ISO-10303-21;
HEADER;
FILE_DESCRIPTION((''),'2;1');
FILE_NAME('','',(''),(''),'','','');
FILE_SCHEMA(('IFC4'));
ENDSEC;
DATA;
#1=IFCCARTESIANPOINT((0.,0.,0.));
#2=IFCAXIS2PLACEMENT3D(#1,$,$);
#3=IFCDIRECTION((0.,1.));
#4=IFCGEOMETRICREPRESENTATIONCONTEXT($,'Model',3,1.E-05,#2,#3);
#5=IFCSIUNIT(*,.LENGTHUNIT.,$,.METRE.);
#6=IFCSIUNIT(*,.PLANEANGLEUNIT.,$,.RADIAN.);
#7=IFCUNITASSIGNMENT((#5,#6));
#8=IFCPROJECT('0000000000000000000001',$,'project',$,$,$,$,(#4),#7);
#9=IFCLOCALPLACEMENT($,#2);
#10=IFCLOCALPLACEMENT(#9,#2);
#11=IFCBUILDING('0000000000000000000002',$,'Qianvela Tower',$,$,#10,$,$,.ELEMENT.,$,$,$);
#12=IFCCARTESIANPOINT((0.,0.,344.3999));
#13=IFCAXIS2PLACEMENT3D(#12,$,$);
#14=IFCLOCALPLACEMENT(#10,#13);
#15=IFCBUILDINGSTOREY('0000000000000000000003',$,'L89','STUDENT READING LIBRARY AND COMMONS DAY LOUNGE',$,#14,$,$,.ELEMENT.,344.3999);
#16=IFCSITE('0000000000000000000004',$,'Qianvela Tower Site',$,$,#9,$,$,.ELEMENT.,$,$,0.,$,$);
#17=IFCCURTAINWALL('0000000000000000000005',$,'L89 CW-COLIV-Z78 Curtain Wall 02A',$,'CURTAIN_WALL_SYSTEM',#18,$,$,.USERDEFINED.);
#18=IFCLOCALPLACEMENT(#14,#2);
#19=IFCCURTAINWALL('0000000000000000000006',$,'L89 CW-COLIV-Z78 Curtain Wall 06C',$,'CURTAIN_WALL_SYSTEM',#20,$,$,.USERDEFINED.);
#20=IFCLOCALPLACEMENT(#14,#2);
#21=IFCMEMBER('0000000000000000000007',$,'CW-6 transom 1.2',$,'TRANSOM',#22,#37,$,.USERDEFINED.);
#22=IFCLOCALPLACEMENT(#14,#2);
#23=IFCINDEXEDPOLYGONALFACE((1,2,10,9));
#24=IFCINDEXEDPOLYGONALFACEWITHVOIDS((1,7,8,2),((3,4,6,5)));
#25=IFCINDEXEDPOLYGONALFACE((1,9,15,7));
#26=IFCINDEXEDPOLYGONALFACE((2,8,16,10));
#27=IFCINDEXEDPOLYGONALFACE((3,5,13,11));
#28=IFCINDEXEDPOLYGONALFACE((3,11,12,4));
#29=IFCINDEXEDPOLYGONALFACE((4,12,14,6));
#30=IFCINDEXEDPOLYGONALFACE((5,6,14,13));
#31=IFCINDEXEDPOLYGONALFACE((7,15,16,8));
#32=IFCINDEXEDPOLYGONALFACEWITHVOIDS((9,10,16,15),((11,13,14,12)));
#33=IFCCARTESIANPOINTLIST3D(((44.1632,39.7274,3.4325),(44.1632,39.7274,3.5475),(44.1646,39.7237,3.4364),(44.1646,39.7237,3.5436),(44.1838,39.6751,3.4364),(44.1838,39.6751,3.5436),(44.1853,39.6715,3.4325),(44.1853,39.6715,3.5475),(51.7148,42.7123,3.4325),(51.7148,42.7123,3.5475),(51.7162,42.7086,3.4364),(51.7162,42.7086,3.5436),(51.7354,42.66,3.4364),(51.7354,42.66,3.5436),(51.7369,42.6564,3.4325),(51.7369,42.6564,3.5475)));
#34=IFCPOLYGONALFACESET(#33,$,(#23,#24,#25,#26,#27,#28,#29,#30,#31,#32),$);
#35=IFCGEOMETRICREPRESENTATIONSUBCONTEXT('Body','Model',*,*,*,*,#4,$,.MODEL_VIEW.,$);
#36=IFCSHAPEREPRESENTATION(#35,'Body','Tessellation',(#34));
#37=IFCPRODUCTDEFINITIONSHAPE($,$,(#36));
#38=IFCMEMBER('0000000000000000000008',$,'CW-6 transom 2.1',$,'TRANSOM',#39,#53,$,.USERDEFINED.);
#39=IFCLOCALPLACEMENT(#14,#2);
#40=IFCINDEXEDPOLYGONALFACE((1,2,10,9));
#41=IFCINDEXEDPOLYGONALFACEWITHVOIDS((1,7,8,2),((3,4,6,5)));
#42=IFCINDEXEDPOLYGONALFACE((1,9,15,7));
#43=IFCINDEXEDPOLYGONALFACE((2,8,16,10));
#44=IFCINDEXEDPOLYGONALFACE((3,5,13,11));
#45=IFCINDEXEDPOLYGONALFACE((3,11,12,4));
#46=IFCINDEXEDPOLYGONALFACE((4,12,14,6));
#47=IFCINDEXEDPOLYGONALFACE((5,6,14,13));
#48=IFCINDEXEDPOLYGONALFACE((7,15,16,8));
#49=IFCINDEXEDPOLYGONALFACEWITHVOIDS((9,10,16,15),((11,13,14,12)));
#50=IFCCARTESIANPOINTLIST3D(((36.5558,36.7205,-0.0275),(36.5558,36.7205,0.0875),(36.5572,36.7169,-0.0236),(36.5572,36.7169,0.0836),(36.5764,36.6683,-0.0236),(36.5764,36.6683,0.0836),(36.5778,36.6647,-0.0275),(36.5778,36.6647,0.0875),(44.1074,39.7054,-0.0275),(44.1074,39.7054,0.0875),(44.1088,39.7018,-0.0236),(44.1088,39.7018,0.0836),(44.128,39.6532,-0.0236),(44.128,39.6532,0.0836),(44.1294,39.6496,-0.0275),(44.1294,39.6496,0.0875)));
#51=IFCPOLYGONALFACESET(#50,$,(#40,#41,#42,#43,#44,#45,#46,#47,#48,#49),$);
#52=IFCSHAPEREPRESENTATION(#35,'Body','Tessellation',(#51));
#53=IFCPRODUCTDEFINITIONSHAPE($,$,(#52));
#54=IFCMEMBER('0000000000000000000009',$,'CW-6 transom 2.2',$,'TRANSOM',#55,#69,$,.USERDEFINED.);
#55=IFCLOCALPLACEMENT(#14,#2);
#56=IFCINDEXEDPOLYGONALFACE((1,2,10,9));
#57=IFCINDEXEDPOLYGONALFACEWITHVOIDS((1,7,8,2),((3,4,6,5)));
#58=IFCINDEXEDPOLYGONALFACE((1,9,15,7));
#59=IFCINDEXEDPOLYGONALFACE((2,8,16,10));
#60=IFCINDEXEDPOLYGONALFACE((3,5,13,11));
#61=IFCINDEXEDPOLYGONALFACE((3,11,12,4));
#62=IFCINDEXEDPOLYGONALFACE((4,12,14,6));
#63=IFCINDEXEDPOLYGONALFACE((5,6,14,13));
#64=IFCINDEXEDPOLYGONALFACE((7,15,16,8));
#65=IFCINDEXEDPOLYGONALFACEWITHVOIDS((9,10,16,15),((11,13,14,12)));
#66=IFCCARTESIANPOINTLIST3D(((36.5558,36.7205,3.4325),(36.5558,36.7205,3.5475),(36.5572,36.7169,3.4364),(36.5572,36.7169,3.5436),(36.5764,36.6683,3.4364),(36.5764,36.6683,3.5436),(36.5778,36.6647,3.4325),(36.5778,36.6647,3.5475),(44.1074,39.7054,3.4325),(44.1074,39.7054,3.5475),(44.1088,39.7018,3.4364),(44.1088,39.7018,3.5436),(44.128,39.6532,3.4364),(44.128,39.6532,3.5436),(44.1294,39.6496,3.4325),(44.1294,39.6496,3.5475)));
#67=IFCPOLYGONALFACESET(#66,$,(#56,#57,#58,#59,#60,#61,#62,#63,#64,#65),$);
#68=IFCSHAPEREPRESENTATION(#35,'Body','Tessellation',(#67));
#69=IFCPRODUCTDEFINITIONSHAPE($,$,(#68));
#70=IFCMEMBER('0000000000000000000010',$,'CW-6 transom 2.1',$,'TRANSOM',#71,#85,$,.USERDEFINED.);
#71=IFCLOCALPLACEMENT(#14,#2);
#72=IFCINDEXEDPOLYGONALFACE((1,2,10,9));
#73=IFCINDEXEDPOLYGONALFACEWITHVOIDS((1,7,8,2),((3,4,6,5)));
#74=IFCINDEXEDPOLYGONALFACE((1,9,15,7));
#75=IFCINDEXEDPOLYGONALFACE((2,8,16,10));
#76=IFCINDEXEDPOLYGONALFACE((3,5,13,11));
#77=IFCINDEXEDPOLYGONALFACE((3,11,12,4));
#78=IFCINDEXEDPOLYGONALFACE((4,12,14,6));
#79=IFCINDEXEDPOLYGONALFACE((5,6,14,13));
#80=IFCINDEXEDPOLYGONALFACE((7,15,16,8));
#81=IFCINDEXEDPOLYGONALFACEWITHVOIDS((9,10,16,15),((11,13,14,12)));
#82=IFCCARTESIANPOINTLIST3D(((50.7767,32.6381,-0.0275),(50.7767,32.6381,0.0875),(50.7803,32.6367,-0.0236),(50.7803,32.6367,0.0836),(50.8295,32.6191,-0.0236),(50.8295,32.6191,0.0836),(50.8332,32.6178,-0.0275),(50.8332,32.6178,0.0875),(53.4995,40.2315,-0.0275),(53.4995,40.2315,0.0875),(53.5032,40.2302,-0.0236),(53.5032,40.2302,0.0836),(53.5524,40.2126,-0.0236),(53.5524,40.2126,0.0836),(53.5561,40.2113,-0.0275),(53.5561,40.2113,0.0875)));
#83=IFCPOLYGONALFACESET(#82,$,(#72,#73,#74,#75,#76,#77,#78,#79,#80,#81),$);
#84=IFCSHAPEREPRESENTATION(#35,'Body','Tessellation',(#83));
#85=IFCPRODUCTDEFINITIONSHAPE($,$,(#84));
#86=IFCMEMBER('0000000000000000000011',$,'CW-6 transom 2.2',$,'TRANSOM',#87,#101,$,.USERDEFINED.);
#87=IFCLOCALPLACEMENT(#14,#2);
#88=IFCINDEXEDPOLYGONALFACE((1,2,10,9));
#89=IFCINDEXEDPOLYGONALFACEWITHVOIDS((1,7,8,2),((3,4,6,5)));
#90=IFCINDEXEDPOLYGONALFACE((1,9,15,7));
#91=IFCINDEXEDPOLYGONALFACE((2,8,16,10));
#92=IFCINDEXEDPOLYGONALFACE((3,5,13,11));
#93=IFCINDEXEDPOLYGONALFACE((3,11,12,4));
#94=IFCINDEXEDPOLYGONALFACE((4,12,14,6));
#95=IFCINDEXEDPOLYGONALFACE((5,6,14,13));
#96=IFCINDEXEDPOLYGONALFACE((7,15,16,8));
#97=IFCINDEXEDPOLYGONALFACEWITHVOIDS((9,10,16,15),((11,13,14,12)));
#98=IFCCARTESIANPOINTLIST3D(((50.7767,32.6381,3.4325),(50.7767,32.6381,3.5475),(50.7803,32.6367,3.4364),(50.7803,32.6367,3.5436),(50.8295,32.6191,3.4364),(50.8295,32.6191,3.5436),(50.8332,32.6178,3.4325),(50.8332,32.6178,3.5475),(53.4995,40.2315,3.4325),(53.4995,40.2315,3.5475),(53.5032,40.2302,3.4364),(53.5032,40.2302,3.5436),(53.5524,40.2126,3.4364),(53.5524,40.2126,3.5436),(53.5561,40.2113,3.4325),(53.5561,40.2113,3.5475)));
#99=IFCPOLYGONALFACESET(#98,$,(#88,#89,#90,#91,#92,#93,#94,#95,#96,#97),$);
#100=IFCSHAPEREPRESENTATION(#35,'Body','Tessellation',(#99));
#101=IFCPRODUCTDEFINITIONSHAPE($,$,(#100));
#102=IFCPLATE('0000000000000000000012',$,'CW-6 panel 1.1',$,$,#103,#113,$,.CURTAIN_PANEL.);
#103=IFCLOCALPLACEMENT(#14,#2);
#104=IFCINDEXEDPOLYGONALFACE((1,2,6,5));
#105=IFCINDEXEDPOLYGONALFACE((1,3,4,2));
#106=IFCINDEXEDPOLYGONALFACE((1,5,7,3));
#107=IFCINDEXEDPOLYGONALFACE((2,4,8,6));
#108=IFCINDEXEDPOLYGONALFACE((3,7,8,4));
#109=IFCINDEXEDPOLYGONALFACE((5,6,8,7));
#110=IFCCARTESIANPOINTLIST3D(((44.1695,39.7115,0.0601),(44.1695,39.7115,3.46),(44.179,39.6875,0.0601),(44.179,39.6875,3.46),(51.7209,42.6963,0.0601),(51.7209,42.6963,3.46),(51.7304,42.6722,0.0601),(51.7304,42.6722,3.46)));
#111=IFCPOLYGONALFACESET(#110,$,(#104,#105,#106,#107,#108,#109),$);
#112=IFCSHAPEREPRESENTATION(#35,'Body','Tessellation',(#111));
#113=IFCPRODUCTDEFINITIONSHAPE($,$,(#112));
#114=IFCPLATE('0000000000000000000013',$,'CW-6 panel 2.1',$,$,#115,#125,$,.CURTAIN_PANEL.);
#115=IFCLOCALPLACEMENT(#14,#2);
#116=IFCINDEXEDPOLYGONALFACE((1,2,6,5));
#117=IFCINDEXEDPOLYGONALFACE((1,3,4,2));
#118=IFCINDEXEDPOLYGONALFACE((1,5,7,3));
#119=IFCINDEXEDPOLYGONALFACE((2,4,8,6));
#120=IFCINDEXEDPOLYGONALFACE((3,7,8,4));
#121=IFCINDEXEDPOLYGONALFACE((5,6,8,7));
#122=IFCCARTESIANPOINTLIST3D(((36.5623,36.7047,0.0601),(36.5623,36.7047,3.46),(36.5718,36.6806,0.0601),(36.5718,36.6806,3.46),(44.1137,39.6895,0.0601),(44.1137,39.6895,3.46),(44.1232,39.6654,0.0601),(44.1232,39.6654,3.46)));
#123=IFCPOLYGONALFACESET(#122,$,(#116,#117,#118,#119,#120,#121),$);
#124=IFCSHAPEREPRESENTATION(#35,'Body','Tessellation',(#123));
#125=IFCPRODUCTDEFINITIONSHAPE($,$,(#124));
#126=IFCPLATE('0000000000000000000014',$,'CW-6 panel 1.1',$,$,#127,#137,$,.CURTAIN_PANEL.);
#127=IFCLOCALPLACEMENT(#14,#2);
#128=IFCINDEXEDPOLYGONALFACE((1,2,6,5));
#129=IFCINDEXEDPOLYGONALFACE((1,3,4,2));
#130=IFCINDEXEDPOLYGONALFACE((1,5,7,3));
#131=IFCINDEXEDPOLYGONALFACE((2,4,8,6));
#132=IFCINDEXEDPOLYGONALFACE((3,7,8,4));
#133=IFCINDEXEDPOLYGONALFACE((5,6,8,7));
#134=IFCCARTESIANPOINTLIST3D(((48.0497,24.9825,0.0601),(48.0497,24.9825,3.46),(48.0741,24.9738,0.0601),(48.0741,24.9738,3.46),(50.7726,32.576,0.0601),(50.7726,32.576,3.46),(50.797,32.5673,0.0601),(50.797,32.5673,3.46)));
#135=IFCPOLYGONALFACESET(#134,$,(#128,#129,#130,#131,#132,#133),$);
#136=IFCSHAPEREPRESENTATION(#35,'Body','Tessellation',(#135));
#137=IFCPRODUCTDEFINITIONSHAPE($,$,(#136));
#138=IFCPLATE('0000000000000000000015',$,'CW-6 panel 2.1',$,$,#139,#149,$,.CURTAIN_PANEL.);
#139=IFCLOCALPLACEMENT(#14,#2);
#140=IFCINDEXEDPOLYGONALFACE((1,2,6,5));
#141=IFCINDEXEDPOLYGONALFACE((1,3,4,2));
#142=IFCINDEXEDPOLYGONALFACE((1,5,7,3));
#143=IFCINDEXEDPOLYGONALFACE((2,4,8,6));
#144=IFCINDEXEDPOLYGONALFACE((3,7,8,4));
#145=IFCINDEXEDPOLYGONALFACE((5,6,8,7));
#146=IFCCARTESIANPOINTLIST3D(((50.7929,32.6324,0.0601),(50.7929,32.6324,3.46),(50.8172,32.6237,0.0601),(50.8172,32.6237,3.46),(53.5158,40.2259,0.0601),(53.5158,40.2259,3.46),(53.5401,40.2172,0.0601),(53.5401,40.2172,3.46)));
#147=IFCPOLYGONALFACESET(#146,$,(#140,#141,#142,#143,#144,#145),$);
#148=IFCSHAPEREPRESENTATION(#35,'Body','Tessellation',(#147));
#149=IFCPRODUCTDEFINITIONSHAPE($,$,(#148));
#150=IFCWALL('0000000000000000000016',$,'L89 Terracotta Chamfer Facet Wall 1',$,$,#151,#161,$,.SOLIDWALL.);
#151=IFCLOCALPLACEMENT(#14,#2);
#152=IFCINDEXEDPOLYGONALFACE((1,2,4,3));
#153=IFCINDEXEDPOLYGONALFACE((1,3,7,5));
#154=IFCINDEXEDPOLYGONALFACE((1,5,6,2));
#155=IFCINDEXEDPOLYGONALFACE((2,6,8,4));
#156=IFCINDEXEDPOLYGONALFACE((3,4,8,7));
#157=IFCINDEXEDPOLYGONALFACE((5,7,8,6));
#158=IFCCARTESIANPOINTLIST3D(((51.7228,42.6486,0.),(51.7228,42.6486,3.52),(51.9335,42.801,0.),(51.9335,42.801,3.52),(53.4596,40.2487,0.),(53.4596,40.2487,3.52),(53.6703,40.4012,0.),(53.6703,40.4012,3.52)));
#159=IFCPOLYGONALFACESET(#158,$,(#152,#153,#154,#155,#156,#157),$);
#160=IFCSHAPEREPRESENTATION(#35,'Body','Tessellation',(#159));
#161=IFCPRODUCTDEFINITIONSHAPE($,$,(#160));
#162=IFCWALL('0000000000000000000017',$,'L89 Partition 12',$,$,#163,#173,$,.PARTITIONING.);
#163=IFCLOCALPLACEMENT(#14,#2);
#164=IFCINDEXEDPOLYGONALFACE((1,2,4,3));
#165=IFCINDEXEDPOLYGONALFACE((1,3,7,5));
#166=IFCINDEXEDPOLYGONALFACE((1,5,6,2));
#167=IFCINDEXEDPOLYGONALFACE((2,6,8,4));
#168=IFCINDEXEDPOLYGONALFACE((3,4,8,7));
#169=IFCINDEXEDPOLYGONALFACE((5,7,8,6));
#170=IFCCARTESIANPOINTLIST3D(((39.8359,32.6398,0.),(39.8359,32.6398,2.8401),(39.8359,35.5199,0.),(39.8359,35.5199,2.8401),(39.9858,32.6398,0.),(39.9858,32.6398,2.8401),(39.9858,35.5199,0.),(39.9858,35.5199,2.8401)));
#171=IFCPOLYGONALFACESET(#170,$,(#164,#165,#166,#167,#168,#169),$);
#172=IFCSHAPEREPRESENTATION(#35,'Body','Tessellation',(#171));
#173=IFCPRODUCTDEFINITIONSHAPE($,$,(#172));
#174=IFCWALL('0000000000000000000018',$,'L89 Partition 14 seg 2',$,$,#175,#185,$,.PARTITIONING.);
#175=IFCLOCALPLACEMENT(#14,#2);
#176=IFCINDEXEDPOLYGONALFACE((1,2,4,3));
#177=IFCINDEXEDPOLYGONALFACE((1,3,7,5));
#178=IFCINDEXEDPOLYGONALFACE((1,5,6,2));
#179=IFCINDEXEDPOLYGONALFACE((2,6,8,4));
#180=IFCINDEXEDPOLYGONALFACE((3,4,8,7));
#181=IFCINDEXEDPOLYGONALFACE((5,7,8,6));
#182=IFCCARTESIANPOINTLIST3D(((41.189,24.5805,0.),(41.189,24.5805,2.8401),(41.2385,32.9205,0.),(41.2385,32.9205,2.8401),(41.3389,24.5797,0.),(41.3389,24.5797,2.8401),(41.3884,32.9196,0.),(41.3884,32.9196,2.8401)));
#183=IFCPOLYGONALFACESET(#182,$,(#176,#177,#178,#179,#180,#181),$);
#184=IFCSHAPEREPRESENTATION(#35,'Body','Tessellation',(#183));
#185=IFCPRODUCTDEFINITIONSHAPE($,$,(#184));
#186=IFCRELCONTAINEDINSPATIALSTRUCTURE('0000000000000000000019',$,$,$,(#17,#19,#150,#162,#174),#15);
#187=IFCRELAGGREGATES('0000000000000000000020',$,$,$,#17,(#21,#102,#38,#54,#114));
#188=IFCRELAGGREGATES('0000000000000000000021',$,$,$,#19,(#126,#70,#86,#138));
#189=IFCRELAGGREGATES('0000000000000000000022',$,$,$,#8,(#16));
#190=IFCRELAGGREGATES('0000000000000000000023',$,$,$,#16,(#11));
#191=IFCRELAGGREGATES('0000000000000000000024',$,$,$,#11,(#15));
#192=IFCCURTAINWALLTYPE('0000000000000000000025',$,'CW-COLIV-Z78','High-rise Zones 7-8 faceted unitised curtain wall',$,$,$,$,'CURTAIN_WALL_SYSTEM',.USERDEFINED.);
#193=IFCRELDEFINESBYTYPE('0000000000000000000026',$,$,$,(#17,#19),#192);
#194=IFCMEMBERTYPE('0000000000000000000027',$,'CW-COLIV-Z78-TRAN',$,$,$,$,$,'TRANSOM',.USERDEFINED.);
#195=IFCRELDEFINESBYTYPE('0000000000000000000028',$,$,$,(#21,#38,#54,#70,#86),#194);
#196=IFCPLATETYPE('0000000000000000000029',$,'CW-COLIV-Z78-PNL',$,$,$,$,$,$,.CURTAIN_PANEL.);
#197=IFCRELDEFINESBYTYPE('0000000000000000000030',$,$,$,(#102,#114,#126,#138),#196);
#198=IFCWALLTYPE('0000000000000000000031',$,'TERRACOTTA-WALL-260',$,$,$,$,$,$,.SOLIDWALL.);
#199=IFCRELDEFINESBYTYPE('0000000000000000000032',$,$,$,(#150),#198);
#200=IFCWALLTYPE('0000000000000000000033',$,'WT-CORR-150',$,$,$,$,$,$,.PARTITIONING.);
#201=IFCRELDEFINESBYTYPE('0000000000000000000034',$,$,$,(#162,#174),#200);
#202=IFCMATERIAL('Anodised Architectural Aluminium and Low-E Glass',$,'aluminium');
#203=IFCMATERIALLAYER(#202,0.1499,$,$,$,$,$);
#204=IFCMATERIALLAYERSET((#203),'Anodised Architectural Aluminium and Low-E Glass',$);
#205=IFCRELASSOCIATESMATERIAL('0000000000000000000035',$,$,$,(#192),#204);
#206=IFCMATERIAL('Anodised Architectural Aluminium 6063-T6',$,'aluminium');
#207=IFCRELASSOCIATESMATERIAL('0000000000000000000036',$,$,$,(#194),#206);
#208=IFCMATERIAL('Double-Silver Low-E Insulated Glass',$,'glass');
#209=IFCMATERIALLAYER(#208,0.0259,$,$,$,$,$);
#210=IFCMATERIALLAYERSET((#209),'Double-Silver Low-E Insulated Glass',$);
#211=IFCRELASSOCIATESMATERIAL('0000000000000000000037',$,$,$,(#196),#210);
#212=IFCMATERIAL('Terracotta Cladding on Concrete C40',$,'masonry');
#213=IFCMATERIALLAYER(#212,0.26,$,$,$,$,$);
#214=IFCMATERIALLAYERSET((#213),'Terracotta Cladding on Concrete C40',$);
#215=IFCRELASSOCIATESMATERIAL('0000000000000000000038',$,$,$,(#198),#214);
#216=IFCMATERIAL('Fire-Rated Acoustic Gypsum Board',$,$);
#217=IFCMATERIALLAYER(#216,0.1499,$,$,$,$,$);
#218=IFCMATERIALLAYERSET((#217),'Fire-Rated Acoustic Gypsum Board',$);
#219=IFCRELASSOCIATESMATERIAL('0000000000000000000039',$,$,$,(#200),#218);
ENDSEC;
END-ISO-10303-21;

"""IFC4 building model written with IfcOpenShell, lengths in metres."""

from ifc_helpers import new_model, si_unit, direction, frame, frame_2d, origin, origin_2d, place, context, subcontext, project, spatial, rectangle, hollow_rectangle, extrude, material, layer, layer_set, material_profile, profile_set, type_object, element, aggregate, save


model = new_model("IFC4")

# Units and contexts
model_context = context("Model", 3, precision=1e-05, world=origin(), true_north=direction((0.0, 1.0)))
body_context = subcontext(model_context, "Body", "Model", "MODEL_VIEW")
ifc_project = project(units=[si_unit("LENGTHUNIT", "METRE"), si_unit("PLANEANGLEUNIT", "RADIAN")], contexts=[model_context])

# Site, building, storey
site_placement = place(None, origin())
site = spatial("IfcSite", under=ifc_project, at=site_placement, Name="Qianvela Tower Site", CompositionType="ELEMENT", RefElevation=0.0)
building_placement = place(site_placement, origin())
building = spatial("IfcBuilding", under=site, at=building_placement, Name="Qianvela Tower", CompositionType="ELEMENT")
storey_placement = place(building_placement, frame((0.0, 0.0, 344.3999)))
storey = spatial("IfcBuildingStorey", under=building, at=storey_placement, Name="L89", Description="STUDENT READING LIBRARY AND COMMONS DAY LOUNGE", CompositionType="ELEMENT", Elevation=344.3999)

# Curtain walls
ifc_material_1 = material(Name="Anodised Architectural Aluminium and Low-E Glass", Category="aluminium")
ifc_layer_1 = layer(ifc_material_1, 0.1499)
ifc_layer_set_1 = layer_set([ifc_layer_1], Name="Anodised Architectural Aluminium and Low-E Glass")
curtain_wall_type = type_object("IfcCurtainWallType", Name="CW-COLIV-Z78", Description="High-rise Zones 7-8 faceted unitised curtain wall", ElementType="CURTAIN_WALL_SYSTEM", PredefinedType="USERDEFINED", material=ifc_layer_set_1)
curtain_wall_1_placement = place(storey_placement, origin())
curtain_wall_1 = element("IfcCurtainWall", 1, at=curtain_wall_1_placement, inside=storey, type_object=curtain_wall_type, Name="L89 CW-COLIV-Z78 Curtain Wall 02A", ObjectType="CURTAIN_WALL_SYSTEM", PredefinedType="USERDEFINED")
curtain_wall_2_placement = place(storey_placement, origin())
curtain_wall_2 = element("IfcCurtainWall", 2, at=curtain_wall_2_placement, inside=storey, type_object=curtain_wall_type, Name="L89 CW-COLIV-Z78 Curtain Wall 06C", ObjectType="CURTAIN_WALL_SYSTEM", PredefinedType="USERDEFINED")

# Members
ifc_material_2 = material(Name="Anodised Architectural Aluminium 6063-T6", Category="aluminium")
ifc_material_profile_1 = material_profile(ifc_material_2, hollow_rectangle(XDim=0.0601, YDim=0.115, WallThickness=0.0039, at=origin_2d()), Name="ALU-TRAN-60x115")
ifc_profile_set_1 = profile_set([ifc_material_profile_1], Name="Anodised Architectural Aluminium 6063-T6")
member_type_1 = type_object("IfcMemberType", Name="CW-COLIV-Z78-TRAN", ElementType="TRANSOM", PredefinedType="USERDEFINED", material=ifc_profile_set_1)
member_1_placement = place(storey_placement, frame((51.7258, 42.6843, 3.49), z_axis=(-0.929987, -0.367593, 0.0), x_axis=(0.367593, -0.929987, 0.0)))
member_1 = element("IfcMember", 3, at=member_1_placement, type_object=member_type_1, Name="CW-6 transom 1.2", ObjectType="TRANSOM", PredefinedType="USERDEFINED", context=body_context, shape_type="SweptSolid", body=[
    extrude(hollow_rectangle(XDim=0.0601, YDim=0.115, WallThickness=0.0039, at=origin_2d()), origin(), (0.0, 0.0, 1.0), 8.1201),
])
member_2_placement = place(storey_placement, frame((44.1184, 39.6775, 0.03), z_axis=(-0.929987, -0.367593, 0.0), x_axis=(0.367593, -0.929987, 0.0)))
member_2 = element("IfcMember", 4, at=member_2_placement, type_object=member_type_1, Name="CW-6 transom 2.1", ObjectType="TRANSOM", PredefinedType="USERDEFINED", context=body_context, shape_type="SweptSolid", body=[
    extrude(hollow_rectangle(XDim=0.0601, YDim=0.115, WallThickness=0.0039, at=origin_2d()), origin(), (0.0, 0.0, 1.0), 8.1201),
])
member_3_placement = place(storey_placement, frame((44.1184, 39.6775, 3.49), z_axis=(-0.929987, -0.367593, 0.0), x_axis=(0.367593, -0.929987, 0.0)))
member_3 = element("IfcMember", 5, at=member_3_placement, type_object=member_type_1, Name="CW-6 transom 2.2", ObjectType="TRANSOM", PredefinedType="USERDEFINED", context=body_context, shape_type="SweptSolid", body=[
    extrude(hollow_rectangle(XDim=0.0601, YDim=0.115, WallThickness=0.0039, at=origin_2d()), origin(), (0.0, 0.0, 1.0), 8.1201),
])
member_4_placement = place(storey_placement, frame((50.8049, 32.6279, 0.03), z_axis=(0.337538, 0.941312, 0.0), x_axis=(-0.941312, 0.337538, 0.0)))
member_4 = element("IfcMember", 6, at=member_4_placement, type_object=member_type_1, Name="CW-6 transom 2.1", ObjectType="TRANSOM", PredefinedType="USERDEFINED", context=body_context, shape_type="SweptSolid", body=[
    extrude(hollow_rectangle(XDim=0.0601, YDim=0.115, WallThickness=0.0039, at=origin_2d()), origin(), (0.0, 0.0, 1.0), 8.0669),
])
member_5_placement = place(storey_placement, frame((50.8049, 32.6279, 3.49), z_axis=(0.337538, 0.941312, 0.0), x_axis=(-0.941312, 0.337538, 0.0)))
member_5 = element("IfcMember", 7, at=member_5_placement, type_object=member_type_1, Name="CW-6 transom 2.2", ObjectType="TRANSOM", PredefinedType="USERDEFINED", context=body_context, shape_type="SweptSolid", body=[
    extrude(hollow_rectangle(XDim=0.0601, YDim=0.115, WallThickness=0.0039, at=origin_2d()), origin(), (0.0, 0.0, 1.0), 8.0669),
])

# Plates
ifc_material_3 = material(Name="Double-Silver Low-E Insulated Glass", Category="glass")
ifc_layer_2 = layer(ifc_material_3, 0.0259)
ifc_layer_set_2 = layer_set([ifc_layer_2], Name="Double-Silver Low-E Insulated Glass")
plate_type = type_object("IfcPlateType", Name="CW-COLIV-Z78-PNL", PredefinedType="CURTAIN_PANEL", material=ifc_layer_set_2)
plate_1_placement = place(storey_placement, frame((47.95, 41.1919, 0.0601), z_axis=(0.0, 0.0, 1.0), x_axis=(-0.929989, -0.367589, 0.0)))
plate_1 = element("IfcPlate", 8, at=plate_1_placement, type_object=plate_type, Name="CW-6 panel 1.1", PredefinedType="CURTAIN_PANEL", context=body_context, shape_type="SweptSolid", body=[
    extrude(rectangle(XDim=8.1199, YDim=0.0259, at=origin_2d()), origin(), (0.0, 0.0, 1.0), 3.3999),
])
plate_2_placement = place(storey_placement, frame((40.3428, 38.1851, 0.0601), z_axis=(0.0, 0.0, 1.0), x_axis=(-0.929989, -0.367589, 0.0)))
plate_2 = element("IfcPlate", 9, at=plate_2_placement, type_object=plate_type, Name="CW-6 panel 2.1", PredefinedType="CURTAIN_PANEL", context=body_context, shape_type="SweptSolid", body=[
    extrude(rectangle(XDim=8.1199, YDim=0.0259, at=origin_2d()), origin(), (0.0, 0.0, 1.0), 3.3999),
])
aggregate(curtain_wall_1, [member_1, plate_1, member_2, member_3, plate_2])
plate_3_placement = place(storey_placement, frame((49.4233, 28.7749, 0.0601), z_axis=(0.0, 0.0, 1.0), x_axis=(0.337538, 0.941312, 0.0)))
plate_3 = element("IfcPlate", 10, at=plate_3_placement, type_object=plate_type, Name="CW-6 panel 1.1", PredefinedType="CURTAIN_PANEL", context=body_context, shape_type="SweptSolid", body=[
    extrude(rectangle(XDim=8.0669, YDim=0.0259, at=origin_2d()), origin(), (0.0, 0.0, 1.0), 3.3999),
])
plate_4_placement = place(storey_placement, frame((52.1665, 36.4248, 0.0601), z_axis=(0.0, 0.0, 1.0), x_axis=(0.337538, 0.941312, 0.0)))
plate_4 = element("IfcPlate", 11, at=plate_4_placement, type_object=plate_type, Name="CW-6 panel 2.1", PredefinedType="CURTAIN_PANEL", context=body_context, shape_type="SweptSolid", body=[
    extrude(rectangle(XDim=8.0669, YDim=0.0259, at=origin_2d()), origin(), (0.0, 0.0, 1.0), 3.3999),
])
aggregate(curtain_wall_2, [plate_3, member_4, member_5, plate_4])

# Walls
ifc_material_4 = material(Name="Terracotta Cladding on Concrete C40", Category="masonry")
ifc_layer_3 = layer(ifc_material_4, 0.26)
ifc_layer_set_3 = layer_set([ifc_layer_3], Name="Terracotta Cladding on Concrete C40")
wall_type_1 = type_object("IfcWallType", Name="TERRACOTTA-WALL-260", PredefinedType="SOLIDWALL", material=ifc_layer_set_3)
wall_1_placement = place(storey_placement, frame((53.5649, 40.325, 0.0), z_axis=(0.0, 0.0, 1.0), x_axis=(-0.586279, 0.810109, 0.0)))
element("IfcWall", 12, at=wall_1_placement, inside=storey, type_object=wall_type_1, Name="L89 Terracotta Chamfer Facet Wall 1", PredefinedType="SOLIDWALL", context=body_context, shape_type="SweptSolid", body=[
    extrude(rectangle(XDim=2.9624, YDim=0.26, at=frame_2d((1.4812, 0.0))), origin(), (0.0, 0.0, 1.0), 3.52),
])
ifc_material_5 = material(Name="Fire-Rated Acoustic Gypsum Board")
ifc_layer_4 = layer(ifc_material_5, 0.1499)
ifc_layer_set_4 = layer_set([ifc_layer_4], Name="Fire-Rated Acoustic Gypsum Board")
wall_type_2 = type_object("IfcWallType", Name="WT-CORR-150", PredefinedType="PARTITIONING", material=ifc_layer_set_4)
wall_2_placement = place(storey_placement, frame((39.9109, 32.6399, 0.0), z_axis=(0.0, 0.0, 1.0), x_axis=(0.0, 1.0, 0.0)))
element("IfcWall", 13, at=wall_2_placement, inside=storey, type_object=wall_type_2, Name="L89 Partition 12", PredefinedType="PARTITIONING", context=body_context, shape_type="SweptSolid", body=[
    extrude(rectangle(XDim=2.8801, YDim=0.1499, at=frame_2d((1.4399, 0.0))), origin(), (0.0, 0.0, 1.0), 2.8401),
])
wall_3_placement = place(storey_placement, frame((41.3135, 32.9199, 0.0), z_axis=(0.0, 0.0, 1.0), x_axis=(-0.005943, -0.999982, 0.0)))
element("IfcWall", 14, at=wall_3_placement, inside=storey, type_object=wall_type_2, Name="L89 Partition 14 seg 2", PredefinedType="PARTITIONING", context=body_context, shape_type="SweptSolid", body=[
    extrude(rectangle(XDim=8.3401, YDim=0.1499, at=frame_2d((4.1699, 0.0))), origin(), (0.0, 0.0, 1.0), 2.8401),
])

save(model, "model.ifc")
